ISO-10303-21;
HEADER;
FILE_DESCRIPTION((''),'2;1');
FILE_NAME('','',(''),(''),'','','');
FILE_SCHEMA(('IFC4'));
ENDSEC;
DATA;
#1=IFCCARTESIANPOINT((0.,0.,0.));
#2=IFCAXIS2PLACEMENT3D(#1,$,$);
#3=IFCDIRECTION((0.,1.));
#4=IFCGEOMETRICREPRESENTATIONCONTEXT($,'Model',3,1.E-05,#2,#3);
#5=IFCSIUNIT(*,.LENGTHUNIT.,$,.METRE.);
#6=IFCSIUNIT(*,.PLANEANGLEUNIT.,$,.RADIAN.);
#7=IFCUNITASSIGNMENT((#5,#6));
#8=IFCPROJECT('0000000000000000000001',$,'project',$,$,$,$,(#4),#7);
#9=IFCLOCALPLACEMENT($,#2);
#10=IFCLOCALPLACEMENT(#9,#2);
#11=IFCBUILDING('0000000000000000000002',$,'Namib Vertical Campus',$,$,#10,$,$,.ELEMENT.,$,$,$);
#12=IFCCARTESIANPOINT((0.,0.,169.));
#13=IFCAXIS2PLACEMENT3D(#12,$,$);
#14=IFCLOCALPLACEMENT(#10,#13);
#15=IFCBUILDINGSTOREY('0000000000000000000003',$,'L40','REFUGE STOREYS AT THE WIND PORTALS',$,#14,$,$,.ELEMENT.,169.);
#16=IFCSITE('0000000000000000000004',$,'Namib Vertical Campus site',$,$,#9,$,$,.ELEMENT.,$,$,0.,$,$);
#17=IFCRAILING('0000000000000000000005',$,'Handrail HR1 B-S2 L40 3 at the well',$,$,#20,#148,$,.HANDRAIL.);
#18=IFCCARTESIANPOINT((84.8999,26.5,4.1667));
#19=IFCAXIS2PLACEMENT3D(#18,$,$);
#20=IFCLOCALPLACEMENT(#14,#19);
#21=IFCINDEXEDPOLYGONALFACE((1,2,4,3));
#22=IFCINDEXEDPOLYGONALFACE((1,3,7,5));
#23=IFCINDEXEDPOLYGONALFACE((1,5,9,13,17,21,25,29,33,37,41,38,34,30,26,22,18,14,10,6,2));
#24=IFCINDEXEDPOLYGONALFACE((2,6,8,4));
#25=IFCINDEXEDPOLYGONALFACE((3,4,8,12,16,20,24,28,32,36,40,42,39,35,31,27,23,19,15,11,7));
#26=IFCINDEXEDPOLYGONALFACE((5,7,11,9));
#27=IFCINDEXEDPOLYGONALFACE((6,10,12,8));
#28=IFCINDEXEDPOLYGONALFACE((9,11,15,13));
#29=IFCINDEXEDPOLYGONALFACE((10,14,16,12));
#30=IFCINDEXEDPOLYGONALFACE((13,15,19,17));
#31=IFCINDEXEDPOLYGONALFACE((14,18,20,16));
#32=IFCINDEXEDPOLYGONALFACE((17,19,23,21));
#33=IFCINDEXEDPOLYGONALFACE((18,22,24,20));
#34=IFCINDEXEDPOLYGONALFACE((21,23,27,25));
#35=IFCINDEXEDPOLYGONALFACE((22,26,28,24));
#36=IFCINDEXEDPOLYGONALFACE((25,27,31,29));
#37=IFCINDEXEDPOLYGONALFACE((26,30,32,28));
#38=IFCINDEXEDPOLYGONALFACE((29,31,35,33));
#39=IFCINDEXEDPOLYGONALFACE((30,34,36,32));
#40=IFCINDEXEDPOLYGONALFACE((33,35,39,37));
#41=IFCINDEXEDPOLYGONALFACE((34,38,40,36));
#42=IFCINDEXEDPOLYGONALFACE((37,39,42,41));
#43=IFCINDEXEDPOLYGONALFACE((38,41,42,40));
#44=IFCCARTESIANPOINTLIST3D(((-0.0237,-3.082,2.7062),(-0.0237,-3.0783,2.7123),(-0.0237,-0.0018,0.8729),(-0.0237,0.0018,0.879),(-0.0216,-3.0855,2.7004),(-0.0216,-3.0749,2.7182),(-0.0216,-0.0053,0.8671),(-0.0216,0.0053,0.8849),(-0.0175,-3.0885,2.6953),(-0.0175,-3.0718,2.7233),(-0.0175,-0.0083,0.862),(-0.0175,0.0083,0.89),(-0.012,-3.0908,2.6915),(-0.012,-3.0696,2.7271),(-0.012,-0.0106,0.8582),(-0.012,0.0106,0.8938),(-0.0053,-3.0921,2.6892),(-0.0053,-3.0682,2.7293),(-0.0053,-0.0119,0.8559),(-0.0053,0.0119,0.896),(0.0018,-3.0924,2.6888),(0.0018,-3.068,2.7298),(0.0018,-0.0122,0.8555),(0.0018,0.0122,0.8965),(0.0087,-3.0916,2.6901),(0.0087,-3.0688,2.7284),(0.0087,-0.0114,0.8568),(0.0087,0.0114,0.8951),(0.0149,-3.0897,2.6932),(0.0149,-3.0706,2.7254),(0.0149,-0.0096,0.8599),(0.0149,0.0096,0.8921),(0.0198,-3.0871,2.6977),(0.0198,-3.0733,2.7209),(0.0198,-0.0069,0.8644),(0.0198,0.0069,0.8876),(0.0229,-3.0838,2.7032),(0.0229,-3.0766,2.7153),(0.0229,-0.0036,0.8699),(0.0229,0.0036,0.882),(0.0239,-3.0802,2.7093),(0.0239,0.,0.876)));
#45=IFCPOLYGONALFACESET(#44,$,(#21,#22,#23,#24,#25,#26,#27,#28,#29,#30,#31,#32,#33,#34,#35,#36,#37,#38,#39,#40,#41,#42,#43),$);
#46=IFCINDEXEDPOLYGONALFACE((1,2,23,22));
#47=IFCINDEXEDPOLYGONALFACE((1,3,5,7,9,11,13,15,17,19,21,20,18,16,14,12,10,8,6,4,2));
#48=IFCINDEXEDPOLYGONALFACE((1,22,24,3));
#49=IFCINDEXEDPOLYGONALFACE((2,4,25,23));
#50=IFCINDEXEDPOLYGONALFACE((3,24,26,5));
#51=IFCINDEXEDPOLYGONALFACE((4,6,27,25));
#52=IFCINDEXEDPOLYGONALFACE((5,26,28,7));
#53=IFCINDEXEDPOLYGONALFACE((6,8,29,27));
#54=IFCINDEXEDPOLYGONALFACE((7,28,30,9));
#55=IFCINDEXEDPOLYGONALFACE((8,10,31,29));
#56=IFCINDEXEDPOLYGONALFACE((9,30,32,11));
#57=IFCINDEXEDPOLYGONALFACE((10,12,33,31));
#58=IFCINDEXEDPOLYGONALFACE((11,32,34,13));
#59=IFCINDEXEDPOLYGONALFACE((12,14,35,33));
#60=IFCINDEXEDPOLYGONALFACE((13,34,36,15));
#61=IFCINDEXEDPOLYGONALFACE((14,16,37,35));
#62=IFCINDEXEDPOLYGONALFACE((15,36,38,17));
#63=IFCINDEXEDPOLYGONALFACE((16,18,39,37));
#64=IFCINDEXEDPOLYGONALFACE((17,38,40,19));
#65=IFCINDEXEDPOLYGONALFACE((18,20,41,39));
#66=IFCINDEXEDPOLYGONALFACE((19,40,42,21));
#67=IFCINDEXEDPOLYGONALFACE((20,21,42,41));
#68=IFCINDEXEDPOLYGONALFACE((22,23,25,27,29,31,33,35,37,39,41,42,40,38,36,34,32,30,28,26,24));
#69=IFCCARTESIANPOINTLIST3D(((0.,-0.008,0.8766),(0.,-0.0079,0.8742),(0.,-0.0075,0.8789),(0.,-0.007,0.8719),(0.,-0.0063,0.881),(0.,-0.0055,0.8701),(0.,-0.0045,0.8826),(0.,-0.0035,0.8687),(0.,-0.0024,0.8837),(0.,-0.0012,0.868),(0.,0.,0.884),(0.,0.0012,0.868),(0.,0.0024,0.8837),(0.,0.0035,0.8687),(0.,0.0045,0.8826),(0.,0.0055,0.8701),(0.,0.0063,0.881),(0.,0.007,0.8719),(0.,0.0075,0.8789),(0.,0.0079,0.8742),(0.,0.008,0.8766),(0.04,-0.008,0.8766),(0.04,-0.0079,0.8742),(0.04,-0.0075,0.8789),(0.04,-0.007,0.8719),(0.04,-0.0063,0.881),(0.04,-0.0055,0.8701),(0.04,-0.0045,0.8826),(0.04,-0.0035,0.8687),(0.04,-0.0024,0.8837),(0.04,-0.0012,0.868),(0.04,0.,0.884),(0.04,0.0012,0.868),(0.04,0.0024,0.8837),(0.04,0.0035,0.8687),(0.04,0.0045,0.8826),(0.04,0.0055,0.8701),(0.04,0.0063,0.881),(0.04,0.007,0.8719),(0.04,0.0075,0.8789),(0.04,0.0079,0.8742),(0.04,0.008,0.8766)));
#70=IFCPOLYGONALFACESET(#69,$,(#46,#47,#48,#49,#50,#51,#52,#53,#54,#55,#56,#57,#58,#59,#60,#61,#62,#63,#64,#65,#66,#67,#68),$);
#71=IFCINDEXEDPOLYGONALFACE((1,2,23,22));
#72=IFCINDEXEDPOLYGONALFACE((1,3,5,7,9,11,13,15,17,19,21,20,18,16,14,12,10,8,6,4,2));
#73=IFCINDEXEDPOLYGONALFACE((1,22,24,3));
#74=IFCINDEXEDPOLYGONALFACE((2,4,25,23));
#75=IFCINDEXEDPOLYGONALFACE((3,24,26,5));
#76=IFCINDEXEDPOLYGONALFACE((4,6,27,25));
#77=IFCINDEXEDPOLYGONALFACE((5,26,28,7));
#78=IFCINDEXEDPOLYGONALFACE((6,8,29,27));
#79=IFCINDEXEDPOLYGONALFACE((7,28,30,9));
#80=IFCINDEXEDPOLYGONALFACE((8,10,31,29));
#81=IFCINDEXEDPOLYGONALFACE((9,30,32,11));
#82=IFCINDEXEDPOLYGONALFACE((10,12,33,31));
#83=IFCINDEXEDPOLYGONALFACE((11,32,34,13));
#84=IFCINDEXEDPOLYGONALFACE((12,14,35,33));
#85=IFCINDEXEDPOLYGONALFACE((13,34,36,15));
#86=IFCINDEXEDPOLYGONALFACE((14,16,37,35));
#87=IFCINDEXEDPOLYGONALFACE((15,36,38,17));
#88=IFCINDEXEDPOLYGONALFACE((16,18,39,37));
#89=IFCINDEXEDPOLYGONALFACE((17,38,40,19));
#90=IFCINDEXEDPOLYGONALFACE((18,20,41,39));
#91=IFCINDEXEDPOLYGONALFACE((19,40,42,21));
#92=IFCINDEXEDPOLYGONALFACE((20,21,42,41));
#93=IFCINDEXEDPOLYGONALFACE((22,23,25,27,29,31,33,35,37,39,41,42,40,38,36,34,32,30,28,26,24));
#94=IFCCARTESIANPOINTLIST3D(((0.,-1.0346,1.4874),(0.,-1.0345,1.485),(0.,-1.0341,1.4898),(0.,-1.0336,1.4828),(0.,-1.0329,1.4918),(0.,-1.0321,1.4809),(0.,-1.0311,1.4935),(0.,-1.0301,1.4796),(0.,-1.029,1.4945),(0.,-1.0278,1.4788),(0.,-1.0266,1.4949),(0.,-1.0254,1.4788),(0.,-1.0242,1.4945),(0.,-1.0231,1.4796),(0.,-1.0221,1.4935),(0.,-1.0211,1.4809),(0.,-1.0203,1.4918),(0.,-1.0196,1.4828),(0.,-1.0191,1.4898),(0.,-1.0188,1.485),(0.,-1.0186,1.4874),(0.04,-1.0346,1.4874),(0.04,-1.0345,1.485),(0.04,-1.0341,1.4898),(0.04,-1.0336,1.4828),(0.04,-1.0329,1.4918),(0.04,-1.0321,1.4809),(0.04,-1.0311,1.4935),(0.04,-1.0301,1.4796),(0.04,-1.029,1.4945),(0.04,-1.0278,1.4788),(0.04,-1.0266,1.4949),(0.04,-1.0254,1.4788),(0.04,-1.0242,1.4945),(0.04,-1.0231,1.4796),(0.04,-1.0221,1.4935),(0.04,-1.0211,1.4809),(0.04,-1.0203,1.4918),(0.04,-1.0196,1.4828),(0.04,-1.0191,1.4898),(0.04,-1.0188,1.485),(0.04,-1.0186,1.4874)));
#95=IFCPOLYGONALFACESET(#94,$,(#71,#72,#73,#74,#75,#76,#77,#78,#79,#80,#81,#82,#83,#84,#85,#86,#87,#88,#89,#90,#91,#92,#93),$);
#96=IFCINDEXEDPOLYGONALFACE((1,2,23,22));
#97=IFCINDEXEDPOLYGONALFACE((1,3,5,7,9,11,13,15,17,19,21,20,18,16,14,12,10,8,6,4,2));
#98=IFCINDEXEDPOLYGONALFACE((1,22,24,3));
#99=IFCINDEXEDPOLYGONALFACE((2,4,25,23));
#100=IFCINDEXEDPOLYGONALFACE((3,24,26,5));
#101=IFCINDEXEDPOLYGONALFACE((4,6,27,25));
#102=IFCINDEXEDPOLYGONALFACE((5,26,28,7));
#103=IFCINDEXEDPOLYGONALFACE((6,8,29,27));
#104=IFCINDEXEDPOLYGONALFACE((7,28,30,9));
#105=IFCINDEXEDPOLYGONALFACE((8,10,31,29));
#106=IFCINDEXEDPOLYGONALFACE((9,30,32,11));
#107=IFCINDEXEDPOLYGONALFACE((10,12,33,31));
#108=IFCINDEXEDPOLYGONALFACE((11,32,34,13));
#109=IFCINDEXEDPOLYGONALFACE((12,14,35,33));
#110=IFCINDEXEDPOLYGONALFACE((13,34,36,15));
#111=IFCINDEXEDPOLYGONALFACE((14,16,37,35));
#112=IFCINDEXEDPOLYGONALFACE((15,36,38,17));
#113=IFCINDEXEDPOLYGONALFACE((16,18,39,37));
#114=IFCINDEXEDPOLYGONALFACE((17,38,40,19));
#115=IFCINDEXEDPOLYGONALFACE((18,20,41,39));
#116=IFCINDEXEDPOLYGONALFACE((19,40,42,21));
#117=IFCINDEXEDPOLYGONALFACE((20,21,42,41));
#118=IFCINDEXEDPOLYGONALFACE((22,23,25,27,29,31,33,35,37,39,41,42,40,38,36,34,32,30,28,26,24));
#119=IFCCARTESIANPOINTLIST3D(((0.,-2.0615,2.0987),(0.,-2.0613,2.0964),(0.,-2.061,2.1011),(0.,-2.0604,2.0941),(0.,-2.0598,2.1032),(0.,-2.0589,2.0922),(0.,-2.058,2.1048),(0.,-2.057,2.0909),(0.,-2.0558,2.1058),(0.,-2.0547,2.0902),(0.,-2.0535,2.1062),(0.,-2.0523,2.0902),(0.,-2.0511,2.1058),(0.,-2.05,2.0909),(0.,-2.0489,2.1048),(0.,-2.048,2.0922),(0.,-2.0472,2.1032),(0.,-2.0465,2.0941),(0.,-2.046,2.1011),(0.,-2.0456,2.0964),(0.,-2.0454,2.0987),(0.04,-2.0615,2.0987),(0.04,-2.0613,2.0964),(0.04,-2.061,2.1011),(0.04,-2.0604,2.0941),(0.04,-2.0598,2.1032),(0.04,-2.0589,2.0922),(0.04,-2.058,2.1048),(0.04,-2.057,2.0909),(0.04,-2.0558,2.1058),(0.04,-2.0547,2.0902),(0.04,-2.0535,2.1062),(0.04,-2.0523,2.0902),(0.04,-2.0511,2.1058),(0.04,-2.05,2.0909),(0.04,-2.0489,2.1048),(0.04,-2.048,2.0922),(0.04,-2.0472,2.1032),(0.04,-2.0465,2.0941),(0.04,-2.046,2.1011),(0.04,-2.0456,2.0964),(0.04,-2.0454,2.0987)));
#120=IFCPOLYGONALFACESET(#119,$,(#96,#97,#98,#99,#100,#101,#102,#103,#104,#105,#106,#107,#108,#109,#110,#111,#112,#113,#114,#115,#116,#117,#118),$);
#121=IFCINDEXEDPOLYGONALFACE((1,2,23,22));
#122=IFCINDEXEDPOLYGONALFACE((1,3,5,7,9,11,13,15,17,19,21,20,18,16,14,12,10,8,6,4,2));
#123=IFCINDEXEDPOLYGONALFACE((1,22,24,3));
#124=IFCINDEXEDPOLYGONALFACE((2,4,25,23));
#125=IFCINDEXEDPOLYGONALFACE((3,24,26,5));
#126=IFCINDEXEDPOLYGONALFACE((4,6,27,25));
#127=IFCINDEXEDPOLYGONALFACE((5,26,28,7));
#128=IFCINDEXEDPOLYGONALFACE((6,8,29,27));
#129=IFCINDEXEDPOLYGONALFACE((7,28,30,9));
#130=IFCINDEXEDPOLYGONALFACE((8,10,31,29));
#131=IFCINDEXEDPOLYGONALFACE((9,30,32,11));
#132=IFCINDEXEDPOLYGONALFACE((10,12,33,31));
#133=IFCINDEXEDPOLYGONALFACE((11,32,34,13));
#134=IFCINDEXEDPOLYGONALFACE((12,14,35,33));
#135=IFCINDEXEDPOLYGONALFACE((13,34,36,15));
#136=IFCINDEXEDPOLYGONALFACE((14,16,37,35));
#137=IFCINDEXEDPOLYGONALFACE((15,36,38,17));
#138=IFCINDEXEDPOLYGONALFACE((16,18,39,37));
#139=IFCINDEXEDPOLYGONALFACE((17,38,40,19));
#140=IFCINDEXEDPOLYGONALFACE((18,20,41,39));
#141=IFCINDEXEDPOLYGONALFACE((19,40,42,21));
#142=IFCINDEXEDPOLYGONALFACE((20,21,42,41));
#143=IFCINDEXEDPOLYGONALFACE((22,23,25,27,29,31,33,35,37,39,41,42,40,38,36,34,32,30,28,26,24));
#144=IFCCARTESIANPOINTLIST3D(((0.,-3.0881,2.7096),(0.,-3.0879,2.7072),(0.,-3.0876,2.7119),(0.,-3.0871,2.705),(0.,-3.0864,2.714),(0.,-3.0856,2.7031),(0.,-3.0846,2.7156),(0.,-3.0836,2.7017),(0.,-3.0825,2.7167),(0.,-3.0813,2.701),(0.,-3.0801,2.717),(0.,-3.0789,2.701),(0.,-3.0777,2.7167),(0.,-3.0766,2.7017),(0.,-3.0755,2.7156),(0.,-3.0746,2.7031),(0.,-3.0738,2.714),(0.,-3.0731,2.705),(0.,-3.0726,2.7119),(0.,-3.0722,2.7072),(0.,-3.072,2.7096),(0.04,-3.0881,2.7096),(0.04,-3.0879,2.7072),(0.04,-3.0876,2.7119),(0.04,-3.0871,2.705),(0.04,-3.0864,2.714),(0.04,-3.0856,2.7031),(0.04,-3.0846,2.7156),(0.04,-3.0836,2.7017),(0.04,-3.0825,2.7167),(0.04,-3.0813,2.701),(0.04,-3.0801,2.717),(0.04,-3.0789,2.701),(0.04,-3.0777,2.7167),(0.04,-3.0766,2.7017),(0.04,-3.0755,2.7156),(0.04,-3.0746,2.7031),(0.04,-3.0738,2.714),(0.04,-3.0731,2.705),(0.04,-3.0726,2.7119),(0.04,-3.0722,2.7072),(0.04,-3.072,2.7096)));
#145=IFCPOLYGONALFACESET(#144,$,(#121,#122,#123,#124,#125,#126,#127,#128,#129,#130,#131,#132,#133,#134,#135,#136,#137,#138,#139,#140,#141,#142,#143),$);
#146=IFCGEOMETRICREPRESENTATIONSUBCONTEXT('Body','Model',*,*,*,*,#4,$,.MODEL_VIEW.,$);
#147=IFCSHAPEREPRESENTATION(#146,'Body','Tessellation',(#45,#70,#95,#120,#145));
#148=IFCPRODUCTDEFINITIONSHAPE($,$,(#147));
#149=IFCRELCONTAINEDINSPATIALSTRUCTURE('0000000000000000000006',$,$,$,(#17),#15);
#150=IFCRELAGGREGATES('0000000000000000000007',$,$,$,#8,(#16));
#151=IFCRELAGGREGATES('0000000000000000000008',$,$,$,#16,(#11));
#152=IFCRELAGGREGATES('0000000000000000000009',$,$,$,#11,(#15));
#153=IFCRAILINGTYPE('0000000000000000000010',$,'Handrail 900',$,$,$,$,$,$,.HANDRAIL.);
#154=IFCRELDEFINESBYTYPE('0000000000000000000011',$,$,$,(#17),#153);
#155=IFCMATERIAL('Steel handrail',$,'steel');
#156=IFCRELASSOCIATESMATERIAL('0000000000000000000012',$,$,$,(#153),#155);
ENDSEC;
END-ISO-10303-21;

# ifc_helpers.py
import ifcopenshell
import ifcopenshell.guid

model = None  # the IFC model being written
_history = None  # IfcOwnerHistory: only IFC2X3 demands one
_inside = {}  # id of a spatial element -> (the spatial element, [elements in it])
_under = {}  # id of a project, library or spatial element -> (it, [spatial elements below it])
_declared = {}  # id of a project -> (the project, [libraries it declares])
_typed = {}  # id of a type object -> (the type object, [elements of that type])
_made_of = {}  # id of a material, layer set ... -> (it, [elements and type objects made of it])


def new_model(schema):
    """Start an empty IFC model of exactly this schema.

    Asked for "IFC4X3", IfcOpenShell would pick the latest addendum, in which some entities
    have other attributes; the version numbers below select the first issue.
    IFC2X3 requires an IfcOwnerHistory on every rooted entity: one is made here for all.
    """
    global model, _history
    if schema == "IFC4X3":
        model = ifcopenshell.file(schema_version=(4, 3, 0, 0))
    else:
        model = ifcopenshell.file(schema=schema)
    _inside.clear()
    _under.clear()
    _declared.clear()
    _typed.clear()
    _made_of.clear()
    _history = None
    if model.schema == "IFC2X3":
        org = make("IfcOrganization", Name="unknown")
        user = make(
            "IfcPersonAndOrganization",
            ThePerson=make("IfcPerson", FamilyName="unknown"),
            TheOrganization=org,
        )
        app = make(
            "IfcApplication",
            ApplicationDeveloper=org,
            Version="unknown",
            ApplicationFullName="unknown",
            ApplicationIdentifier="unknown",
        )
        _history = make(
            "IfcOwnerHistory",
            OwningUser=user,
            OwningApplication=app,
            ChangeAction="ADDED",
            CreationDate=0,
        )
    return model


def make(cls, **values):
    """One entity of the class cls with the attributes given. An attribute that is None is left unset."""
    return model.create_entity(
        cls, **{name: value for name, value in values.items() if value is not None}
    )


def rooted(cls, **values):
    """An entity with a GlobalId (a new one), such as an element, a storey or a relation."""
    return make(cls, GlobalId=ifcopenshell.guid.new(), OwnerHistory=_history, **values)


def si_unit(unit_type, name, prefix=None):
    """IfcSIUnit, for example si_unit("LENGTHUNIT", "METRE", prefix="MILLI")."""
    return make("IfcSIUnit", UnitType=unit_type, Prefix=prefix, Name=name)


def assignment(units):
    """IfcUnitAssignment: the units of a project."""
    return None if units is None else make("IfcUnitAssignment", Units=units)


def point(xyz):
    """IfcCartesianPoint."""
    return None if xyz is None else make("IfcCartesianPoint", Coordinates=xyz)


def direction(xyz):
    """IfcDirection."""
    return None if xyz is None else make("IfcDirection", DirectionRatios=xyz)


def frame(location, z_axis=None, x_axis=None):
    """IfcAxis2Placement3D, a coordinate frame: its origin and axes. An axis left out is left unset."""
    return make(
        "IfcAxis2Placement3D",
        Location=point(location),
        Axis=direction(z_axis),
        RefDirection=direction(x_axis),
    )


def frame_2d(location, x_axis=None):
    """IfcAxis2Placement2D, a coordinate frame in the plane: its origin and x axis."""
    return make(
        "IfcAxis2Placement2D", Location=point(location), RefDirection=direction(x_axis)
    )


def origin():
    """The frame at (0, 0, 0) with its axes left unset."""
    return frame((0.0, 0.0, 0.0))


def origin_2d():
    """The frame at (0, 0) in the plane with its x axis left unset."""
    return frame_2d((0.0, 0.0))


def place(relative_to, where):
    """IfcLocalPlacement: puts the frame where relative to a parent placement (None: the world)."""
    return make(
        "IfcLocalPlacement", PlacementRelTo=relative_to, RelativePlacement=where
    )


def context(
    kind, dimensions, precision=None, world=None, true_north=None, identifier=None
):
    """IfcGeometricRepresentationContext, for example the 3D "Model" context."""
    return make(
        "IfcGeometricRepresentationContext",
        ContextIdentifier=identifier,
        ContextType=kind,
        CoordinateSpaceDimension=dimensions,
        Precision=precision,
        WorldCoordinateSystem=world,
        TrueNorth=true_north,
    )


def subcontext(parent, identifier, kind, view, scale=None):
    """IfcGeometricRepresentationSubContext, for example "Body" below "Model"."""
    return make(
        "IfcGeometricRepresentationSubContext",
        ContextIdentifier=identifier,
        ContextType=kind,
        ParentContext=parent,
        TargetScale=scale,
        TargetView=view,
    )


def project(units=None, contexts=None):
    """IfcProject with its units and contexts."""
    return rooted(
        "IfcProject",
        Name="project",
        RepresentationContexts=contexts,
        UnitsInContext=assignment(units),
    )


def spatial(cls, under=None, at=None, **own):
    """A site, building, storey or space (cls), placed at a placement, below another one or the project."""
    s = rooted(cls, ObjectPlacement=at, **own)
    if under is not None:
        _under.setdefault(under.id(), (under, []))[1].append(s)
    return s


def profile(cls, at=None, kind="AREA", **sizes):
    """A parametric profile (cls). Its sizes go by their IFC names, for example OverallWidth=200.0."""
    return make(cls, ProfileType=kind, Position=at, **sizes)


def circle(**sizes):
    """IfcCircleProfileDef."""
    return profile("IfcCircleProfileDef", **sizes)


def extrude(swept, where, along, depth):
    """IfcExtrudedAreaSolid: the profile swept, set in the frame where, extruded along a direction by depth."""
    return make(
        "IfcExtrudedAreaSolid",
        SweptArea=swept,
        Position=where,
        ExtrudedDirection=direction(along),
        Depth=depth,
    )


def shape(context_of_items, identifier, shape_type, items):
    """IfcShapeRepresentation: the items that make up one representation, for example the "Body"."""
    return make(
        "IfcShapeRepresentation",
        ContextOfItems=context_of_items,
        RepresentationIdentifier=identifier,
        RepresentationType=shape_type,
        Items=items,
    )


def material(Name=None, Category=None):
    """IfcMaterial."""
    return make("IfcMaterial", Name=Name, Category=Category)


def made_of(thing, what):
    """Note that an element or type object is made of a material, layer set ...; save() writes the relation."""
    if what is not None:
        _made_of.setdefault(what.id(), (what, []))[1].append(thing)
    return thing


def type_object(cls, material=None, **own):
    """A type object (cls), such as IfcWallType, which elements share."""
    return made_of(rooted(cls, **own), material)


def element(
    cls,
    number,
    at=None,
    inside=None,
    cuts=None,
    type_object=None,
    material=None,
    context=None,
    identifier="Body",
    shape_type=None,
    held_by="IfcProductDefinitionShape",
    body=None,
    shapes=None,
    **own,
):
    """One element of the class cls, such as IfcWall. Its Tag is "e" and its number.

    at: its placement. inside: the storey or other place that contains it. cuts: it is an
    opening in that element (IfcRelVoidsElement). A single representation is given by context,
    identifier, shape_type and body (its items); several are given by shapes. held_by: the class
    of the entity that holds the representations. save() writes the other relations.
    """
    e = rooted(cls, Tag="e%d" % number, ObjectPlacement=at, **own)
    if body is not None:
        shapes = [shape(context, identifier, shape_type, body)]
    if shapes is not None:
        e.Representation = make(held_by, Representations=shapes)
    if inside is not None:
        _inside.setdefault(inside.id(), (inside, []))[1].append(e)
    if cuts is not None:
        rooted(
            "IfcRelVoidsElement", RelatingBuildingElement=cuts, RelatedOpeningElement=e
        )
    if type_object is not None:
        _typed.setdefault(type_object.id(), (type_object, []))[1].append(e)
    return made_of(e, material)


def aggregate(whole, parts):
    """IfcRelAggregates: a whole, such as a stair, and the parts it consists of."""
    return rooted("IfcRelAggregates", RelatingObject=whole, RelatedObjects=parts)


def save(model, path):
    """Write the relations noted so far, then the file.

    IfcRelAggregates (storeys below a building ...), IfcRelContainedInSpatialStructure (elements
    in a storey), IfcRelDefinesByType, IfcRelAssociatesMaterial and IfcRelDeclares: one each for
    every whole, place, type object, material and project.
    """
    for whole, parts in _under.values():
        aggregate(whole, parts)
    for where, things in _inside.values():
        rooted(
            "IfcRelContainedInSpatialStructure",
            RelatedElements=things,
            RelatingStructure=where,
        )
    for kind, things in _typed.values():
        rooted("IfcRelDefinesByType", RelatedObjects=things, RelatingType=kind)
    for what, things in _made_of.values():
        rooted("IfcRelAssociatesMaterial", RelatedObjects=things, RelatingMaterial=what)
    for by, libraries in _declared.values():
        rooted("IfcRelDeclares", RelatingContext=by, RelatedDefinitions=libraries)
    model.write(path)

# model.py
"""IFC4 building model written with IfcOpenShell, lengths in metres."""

from ifc_helpers import new_model, si_unit, direction, frame, origin, origin_2d, place, context, subcontext, project, spatial, circle, extrude, material, type_object, element, save


model = new_model("IFC4")

# Units and contexts
model_context = context("Model", 3, precision=1e-05, world=origin(), true_north=direction((0.0, 1.0)))
body_context = subcontext(model_context, "Body", "Model", "MODEL_VIEW")
ifc_project = project(units=[si_unit("LENGTHUNIT", "METRE"), si_unit("PLANEANGLEUNIT", "RADIAN")], contexts=[model_context])

# Site, building, storey
site_placement = place(None, origin())
site = spatial("IfcSite", under=ifc_project, at=site_placement, Name="Namib Vertical Campus site", CompositionType="ELEMENT", RefElevation=0.0)
building_placement = place(site_placement, origin())
building = spatial("IfcBuilding", under=site, at=building_placement, Name="Namib Vertical Campus", CompositionType="ELEMENT")
storey_placement = place(building_placement, frame((0.0, 0.0, 169.0)))
storey = spatial("IfcBuildingStorey", under=building, at=storey_placement, Name="L40", Description="REFUGE STOREYS AT THE WIND PORTALS", CompositionType="ELEMENT", Elevation=169.0)

# Railing
ifc_material_1 = material(Name="Steel handrail", Category="steel")
railing_type_1 = type_object("IfcRailingType", Name="Handrail 900", PredefinedType="HANDRAIL", material=ifc_material_1)
railing_1_placement = place(storey_placement, frame((84.8999, 26.5, 4.1667)))
element("IfcRailing", 1, at=railing_1_placement, inside=storey, type_object=railing_type_1, Name="Handrail HR1 B-S2 L40 3 at the well", PredefinedType="HANDRAIL", context=body_context, shape_type="SweptSolid", body=[
    extrude(circle(Radius=0.0239, at=origin_2d()), frame((0.0, 0.0, 0.876), z_axis=(0.0, -0.859309, 0.511458), x_axis=(1.0, 0.0, 0.0)), (0.0, 0.0, 1.0), 3.5845),
    extrude(circle(Radius=0.0081, at=origin_2d()), frame((0.0, 0.0, 0.876), z_axis=(1.0, 0.0, 0.0), x_axis=(0.0, 0.0, 1.0)), (0.0, 0.0, 1.0), 0.04),
    extrude(circle(Radius=0.0081, at=origin_2d()), frame((0.0, -1.0266, 1.4868), z_axis=(1.0, 0.0, 0.0), x_axis=(0.0, 0.0, 1.0)), (0.0, 0.0, 1.0), 0.04),
    extrude(circle(Radius=0.0081, at=origin_2d()), frame((0.0, -2.0535, 2.0981), z_axis=(1.0, 0.0, 0.0), x_axis=(0.0, 0.0, 1.0)), (0.0, 0.0, 1.0), 0.04),
    extrude(circle(Radius=0.0081, at=origin_2d()), frame((0.0, -3.0801, 2.709), z_axis=(1.0, 0.0, 0.0), x_axis=(0.0, 0.0, 1.0)), (0.0, 0.0, 1.0), 0.04),
])

save(model, "model.ifc")
